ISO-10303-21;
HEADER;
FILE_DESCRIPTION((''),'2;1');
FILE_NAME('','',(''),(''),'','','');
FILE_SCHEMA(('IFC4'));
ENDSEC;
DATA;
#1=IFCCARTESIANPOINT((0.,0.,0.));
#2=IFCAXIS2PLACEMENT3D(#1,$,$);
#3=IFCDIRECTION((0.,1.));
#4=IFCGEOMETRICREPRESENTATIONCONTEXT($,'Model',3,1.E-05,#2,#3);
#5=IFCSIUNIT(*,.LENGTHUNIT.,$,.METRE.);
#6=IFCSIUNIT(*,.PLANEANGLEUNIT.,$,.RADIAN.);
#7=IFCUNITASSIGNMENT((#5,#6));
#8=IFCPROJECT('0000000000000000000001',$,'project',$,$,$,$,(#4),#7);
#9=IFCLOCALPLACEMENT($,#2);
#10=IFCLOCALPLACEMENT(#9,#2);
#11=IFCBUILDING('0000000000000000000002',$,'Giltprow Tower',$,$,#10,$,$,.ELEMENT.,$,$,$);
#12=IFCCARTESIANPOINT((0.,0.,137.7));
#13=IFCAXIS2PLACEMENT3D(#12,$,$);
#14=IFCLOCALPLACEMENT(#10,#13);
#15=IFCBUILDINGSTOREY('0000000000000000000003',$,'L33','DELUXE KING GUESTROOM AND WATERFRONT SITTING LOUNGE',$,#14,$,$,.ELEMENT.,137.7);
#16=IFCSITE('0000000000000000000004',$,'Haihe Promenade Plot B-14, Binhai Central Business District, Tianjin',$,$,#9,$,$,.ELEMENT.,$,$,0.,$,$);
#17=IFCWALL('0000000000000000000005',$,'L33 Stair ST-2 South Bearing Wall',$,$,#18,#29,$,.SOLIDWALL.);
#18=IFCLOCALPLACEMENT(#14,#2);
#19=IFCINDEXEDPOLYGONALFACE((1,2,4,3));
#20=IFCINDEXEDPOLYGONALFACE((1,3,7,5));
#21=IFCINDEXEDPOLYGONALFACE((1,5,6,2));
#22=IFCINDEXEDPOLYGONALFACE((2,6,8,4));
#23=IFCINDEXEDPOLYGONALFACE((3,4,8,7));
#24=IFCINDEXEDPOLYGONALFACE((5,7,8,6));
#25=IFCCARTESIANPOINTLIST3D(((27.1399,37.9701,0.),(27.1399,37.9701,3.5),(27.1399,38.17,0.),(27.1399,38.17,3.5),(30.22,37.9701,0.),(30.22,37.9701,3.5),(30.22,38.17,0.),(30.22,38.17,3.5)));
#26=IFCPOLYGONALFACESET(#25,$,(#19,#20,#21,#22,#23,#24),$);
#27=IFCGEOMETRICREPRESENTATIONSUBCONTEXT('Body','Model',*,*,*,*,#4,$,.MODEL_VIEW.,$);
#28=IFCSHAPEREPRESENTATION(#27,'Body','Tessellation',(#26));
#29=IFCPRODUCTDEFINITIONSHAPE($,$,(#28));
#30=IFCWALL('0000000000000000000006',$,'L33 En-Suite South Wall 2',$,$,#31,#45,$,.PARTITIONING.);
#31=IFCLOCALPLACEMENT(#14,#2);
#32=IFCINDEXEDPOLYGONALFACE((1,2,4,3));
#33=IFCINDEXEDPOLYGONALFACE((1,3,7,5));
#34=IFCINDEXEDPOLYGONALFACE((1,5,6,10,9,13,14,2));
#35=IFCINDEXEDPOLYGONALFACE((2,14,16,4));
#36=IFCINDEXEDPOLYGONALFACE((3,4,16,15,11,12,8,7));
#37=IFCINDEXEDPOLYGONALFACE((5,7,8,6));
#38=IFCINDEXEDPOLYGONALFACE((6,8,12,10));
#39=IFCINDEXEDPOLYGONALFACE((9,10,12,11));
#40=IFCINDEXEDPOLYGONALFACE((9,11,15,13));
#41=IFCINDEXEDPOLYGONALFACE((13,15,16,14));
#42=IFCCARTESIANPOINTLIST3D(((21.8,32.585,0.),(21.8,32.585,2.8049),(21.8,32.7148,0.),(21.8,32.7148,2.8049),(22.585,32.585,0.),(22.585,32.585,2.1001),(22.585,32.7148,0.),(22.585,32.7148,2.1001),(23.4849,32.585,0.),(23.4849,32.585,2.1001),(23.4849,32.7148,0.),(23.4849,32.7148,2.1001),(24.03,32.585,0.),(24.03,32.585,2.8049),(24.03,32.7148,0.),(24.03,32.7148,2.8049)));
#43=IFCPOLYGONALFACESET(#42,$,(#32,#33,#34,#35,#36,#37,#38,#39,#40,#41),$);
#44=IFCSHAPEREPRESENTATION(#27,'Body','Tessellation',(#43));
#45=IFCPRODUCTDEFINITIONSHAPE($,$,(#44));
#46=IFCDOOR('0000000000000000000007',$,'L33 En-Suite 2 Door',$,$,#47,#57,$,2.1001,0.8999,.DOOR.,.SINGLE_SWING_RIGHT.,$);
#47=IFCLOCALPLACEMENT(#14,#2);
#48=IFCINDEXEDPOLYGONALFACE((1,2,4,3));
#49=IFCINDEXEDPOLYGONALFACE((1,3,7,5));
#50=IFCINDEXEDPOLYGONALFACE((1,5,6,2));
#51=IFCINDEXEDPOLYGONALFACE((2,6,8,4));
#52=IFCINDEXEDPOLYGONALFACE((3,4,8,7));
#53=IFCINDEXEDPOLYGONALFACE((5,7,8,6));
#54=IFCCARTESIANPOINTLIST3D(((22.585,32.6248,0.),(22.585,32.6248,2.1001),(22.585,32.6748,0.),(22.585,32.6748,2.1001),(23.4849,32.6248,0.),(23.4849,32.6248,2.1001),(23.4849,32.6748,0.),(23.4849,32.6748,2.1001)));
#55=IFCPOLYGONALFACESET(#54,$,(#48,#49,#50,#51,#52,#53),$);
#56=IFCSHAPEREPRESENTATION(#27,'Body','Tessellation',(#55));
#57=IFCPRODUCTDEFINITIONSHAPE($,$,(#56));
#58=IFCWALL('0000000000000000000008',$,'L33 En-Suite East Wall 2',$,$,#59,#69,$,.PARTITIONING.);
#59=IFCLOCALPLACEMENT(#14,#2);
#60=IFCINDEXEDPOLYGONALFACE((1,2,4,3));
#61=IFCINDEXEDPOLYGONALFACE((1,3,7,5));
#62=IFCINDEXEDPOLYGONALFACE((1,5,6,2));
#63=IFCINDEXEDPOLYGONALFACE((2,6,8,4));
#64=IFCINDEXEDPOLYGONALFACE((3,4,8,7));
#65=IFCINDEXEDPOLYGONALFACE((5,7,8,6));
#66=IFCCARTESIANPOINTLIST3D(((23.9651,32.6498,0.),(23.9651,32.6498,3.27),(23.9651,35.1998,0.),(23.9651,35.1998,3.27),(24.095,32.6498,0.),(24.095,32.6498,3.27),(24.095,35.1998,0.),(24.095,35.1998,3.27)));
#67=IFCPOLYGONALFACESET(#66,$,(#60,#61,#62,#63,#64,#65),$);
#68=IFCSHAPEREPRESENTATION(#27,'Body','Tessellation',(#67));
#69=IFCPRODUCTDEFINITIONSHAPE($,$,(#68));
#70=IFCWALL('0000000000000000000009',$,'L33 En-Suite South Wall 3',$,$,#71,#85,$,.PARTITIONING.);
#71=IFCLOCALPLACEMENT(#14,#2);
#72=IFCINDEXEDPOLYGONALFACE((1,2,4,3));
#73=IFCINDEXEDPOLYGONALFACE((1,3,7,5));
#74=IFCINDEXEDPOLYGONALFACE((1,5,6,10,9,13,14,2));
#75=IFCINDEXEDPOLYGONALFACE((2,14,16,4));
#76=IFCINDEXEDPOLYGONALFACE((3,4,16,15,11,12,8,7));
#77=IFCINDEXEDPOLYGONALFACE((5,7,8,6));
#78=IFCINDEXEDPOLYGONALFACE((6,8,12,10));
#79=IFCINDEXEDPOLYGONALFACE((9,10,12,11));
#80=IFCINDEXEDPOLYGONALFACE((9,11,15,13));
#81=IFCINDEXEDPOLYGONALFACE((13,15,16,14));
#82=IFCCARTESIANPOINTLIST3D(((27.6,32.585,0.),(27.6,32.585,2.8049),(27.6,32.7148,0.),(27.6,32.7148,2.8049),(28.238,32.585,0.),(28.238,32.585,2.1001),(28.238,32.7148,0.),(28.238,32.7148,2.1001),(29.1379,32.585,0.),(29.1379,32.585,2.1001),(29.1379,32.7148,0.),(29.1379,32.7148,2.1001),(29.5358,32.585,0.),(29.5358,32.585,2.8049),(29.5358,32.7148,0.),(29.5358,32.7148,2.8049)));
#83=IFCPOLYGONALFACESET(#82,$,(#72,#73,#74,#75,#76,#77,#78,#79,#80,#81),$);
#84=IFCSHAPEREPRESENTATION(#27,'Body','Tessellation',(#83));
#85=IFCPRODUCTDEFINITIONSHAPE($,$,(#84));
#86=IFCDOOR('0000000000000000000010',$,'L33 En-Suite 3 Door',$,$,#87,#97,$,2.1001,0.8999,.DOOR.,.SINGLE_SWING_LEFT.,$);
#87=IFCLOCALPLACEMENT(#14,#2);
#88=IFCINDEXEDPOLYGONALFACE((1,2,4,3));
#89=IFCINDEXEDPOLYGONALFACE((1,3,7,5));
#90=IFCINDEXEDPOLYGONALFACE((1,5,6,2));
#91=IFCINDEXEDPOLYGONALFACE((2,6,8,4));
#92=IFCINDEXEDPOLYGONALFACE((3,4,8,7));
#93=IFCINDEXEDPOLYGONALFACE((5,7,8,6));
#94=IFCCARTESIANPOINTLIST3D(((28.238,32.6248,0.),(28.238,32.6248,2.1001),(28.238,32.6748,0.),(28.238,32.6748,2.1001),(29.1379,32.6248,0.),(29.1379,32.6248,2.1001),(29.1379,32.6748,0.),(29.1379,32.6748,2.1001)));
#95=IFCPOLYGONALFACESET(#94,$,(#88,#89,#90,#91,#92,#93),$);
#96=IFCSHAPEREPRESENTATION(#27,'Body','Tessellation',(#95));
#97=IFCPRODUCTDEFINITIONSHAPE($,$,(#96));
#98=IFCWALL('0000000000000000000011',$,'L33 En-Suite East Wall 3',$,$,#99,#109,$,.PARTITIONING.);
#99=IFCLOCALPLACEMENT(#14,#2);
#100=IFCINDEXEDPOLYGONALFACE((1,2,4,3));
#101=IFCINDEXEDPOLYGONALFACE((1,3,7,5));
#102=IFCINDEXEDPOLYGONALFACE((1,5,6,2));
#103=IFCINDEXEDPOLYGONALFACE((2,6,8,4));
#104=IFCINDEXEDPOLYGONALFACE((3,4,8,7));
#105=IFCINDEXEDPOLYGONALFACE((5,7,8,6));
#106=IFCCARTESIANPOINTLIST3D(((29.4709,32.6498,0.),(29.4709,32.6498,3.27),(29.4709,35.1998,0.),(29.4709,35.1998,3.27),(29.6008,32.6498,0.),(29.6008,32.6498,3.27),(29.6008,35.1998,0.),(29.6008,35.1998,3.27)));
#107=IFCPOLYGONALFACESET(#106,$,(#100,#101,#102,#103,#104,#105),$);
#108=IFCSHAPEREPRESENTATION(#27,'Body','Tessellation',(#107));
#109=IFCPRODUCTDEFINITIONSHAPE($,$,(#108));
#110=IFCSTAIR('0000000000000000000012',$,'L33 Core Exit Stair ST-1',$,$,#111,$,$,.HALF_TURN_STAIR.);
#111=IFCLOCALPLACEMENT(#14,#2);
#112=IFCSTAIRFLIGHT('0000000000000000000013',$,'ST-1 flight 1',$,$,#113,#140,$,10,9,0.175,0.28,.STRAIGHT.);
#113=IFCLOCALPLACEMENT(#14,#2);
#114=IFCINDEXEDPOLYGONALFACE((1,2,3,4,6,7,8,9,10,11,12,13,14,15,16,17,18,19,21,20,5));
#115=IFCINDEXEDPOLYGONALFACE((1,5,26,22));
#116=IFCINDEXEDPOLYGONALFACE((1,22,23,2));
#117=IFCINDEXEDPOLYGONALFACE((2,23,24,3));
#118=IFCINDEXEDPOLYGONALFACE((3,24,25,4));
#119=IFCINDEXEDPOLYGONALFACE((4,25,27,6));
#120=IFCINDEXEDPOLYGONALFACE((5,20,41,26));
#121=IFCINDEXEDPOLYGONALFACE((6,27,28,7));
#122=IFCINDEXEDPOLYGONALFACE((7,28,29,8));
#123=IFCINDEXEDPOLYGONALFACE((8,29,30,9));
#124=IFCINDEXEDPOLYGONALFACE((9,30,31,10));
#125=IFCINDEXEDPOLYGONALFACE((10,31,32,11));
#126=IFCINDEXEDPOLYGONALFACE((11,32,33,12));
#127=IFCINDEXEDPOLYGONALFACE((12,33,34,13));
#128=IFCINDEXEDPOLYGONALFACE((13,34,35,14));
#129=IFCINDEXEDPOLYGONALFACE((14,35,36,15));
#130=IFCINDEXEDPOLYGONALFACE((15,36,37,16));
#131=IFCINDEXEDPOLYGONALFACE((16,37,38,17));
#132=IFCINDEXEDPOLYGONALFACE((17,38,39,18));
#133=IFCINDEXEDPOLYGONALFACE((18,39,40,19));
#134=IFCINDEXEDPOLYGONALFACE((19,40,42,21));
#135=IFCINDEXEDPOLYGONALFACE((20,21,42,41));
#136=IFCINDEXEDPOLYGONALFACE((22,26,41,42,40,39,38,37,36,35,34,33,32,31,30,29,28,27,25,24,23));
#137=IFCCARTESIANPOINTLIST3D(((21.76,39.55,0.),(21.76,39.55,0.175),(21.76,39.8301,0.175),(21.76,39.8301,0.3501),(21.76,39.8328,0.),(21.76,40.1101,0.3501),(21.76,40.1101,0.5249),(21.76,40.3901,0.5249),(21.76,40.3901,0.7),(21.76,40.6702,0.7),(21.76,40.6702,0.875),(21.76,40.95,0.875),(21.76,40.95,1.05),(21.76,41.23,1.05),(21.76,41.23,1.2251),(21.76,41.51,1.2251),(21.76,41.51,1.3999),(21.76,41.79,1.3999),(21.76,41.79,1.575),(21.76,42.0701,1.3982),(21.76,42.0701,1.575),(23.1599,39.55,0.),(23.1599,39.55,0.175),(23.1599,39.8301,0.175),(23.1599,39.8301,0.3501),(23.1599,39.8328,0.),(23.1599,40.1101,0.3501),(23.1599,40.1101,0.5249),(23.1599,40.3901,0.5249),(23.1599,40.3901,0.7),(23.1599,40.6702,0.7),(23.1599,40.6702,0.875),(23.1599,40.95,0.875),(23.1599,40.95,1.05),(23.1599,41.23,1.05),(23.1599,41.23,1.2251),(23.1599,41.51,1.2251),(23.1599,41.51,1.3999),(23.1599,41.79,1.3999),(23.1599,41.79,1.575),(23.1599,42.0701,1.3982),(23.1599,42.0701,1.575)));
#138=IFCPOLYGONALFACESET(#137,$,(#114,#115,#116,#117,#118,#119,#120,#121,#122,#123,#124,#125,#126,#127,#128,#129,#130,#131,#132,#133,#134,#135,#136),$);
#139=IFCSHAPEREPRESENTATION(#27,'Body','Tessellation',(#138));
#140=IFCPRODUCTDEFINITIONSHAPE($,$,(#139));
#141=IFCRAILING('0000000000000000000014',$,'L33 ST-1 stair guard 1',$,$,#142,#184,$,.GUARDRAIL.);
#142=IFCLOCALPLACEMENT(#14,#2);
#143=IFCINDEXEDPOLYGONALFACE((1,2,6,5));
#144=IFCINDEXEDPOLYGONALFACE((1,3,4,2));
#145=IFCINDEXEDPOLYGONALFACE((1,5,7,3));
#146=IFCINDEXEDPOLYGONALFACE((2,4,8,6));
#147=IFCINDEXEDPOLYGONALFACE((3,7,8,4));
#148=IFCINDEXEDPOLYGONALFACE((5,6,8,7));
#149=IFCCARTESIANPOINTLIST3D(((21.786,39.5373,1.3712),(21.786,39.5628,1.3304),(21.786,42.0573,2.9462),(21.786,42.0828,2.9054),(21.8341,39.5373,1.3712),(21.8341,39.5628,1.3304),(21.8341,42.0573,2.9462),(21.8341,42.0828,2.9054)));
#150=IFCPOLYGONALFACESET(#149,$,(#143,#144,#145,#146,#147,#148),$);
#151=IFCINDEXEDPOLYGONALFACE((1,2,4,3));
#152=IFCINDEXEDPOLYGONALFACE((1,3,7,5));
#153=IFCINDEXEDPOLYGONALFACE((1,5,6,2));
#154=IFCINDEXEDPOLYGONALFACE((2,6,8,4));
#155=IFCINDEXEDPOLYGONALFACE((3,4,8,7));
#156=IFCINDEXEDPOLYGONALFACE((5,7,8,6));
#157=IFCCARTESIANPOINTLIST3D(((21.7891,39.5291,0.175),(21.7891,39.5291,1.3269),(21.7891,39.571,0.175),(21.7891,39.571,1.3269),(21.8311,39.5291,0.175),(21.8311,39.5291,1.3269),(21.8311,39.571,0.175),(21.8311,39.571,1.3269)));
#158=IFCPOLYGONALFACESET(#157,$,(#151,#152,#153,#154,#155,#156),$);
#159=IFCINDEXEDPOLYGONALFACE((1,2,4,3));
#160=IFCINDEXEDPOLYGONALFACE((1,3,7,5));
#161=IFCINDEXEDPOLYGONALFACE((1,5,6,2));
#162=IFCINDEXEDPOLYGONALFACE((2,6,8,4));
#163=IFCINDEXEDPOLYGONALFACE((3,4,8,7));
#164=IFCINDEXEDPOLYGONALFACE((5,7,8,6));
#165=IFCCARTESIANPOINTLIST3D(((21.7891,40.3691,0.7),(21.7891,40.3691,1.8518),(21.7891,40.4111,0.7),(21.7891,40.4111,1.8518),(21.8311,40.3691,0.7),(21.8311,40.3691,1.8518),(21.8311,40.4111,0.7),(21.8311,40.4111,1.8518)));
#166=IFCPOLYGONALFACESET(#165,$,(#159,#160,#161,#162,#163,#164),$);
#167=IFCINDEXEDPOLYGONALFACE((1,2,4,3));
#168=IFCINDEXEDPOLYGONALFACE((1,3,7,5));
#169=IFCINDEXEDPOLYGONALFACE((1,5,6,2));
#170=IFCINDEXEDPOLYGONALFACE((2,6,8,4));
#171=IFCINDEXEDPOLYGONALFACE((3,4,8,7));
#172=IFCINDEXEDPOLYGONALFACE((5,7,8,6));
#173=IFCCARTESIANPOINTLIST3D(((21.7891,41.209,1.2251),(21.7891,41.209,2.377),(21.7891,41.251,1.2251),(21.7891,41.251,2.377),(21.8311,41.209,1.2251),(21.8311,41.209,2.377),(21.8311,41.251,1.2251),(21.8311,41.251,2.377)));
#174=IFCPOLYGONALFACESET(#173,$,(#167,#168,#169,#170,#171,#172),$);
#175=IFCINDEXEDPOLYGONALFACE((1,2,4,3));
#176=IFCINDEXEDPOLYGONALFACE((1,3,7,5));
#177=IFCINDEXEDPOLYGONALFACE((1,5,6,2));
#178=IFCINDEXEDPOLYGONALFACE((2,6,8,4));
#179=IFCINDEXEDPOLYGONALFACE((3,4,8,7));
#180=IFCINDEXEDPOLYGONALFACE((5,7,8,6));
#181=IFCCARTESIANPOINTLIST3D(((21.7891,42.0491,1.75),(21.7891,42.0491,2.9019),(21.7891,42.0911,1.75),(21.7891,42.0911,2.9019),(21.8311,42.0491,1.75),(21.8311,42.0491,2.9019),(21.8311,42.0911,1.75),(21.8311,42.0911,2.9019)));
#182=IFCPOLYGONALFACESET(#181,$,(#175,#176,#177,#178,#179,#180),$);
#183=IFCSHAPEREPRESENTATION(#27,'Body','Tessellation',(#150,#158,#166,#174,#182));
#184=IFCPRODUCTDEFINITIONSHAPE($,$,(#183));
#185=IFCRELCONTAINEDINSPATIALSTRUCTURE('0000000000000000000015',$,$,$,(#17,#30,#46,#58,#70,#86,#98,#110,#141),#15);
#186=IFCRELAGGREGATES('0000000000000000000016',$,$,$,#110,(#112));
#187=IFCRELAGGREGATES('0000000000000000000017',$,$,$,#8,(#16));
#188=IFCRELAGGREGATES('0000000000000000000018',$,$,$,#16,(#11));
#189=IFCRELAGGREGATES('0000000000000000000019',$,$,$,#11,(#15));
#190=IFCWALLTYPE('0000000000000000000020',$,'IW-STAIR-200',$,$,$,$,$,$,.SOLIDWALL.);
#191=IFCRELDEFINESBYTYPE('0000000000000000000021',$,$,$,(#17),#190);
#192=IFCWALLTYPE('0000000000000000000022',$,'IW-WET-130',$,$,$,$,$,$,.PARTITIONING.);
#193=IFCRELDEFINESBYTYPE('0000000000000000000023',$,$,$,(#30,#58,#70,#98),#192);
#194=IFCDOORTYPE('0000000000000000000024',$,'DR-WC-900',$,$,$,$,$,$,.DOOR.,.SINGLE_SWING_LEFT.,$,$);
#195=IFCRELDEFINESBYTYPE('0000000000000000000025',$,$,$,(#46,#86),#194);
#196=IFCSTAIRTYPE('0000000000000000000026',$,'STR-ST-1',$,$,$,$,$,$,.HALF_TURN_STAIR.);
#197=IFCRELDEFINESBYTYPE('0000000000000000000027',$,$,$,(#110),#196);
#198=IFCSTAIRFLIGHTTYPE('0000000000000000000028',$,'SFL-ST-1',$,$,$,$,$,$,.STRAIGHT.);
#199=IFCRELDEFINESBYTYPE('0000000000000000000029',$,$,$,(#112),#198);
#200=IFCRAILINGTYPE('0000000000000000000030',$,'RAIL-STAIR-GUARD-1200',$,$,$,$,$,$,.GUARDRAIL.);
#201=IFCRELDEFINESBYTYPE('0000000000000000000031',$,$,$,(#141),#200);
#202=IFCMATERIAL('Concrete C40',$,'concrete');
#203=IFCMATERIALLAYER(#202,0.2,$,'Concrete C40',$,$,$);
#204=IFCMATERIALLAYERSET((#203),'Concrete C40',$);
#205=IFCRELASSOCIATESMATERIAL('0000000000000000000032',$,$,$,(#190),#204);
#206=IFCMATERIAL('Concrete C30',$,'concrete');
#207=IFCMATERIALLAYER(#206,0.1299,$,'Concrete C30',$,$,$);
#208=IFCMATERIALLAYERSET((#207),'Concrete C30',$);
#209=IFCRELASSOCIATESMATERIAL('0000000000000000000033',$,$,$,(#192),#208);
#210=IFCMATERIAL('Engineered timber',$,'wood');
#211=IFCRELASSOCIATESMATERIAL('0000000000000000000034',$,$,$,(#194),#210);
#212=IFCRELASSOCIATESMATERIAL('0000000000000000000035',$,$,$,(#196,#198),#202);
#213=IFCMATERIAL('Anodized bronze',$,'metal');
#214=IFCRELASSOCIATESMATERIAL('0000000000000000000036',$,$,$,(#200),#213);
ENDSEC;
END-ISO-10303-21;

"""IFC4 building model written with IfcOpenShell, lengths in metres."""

from ifc_helpers import new_model, si_unit, direction, frame, frame_2d, origin, origin_2d, place, context, subcontext, project, spatial, polyline, rectangle, outline, extrude, source, transform, mapped, material, layer, layer_set, type_object, element, fill, aggregate, save


model = new_model("IFC4")

# Units and contexts
model_context = context("Model", 3, precision=1e-05, world=origin(), true_north=direction((0.0, 1.0)))
body_context = subcontext(model_context, "Body", "Model", "MODEL_VIEW")
ifc_project = project(units=[si_unit("LENGTHUNIT", "METRE"), si_unit("PLANEANGLEUNIT", "RADIAN")], contexts=[model_context])

# Site, building, storey
site_placement = place(None, origin())
site = spatial("IfcSite", under=ifc_project, at=site_placement, Name="Haihe Promenade Plot B-14, Binhai Central Business District, Tianjin", CompositionType="ELEMENT", RefElevation=0.0)
building_placement = place(site_placement, origin())
building = spatial("IfcBuilding", under=site, at=building_placement, Name="Giltprow Tower", CompositionType="ELEMENT")
storey_placement = place(building_placement, frame((0.0, 0.0, 137.7)))
storey = spatial("IfcBuildingStorey", under=building, at=storey_placement, Name="L33", Description="DELUXE KING GUESTROOM AND WATERFRONT SITTING LOUNGE", CompositionType="ELEMENT", Elevation=137.7)

# Shared definitions
ifc_material_1 = material(Name="Concrete C40", Category="concrete")
ifc_layer_1 = layer(ifc_material_1, 0.2, Name="Concrete C40")
ifc_layer_set_1 = layer_set([ifc_layer_1], Name="Concrete C40")
wall_type_1 = type_object("IfcWallType", Name="IW-STAIR-200", PredefinedType="SOLIDWALL", material=ifc_layer_set_1)

# Wall
wall_1_placement = place(storey_placement, frame((27.1399, 38.0701, 0.0), z_axis=(0.0, 0.0, 1.0), x_axis=(1.0, 0.0, 0.0)))
element("IfcWall", 1, at=wall_1_placement, inside=storey, type_object=wall_type_1, Name="L33 Stair ST-2 South Bearing Wall", PredefinedType="SOLIDWALL", context=body_context, shape_type="SweptSolid", body=[
    extrude(rectangle(XDim=3.0801, YDim=0.2, at=frame_2d((1.54, 0.0))), origin(), (0.0, 0.0, 1.0), 3.5),
])

# Wall, opening, door
ifc_material_2 = material(Name="Concrete C30", Category="concrete")
ifc_layer_2 = layer(ifc_material_2, 0.1299, Name="Concrete C30")
ifc_layer_set_2 = layer_set([ifc_layer_2], Name="Concrete C30")
wall_type_2 = type_object("IfcWallType", Name="IW-WET-130", PredefinedType="PARTITIONING", material=ifc_layer_set_2)
wall_2_placement = place(storey_placement, frame((21.8, 32.6499, 0.0), z_axis=(0.0, 0.0, 1.0), x_axis=(1.0, 0.0, 0.0)))
wall_2 = element("IfcWall", 2, at=wall_2_placement, inside=storey, type_object=wall_type_2, Name="L33 En-Suite South Wall 2", PredefinedType="PARTITIONING", context=body_context, shape_type="SweptSolid", body=[
    extrude(rectangle(XDim=2.23, YDim=0.1299, at=frame_2d((1.115, 0.0))), origin(), (0.0, 0.0, 1.0), 2.8049),
])
opening_1_placement = place(wall_2_placement, frame((0.7849, 0.0, 0.0)))
opening_1 = element("IfcOpeningElement", 3, at=opening_1_placement, cuts=wall_2, PredefinedType="OPENING", context=body_context, shape_type="SweptSolid", body=[
    extrude(rectangle(XDim=0.8999, YDim=2.1001, at=frame_2d((0.45, 1.05))), frame((0.0, 0.075, 0.0), z_axis=(0.0, -1.0, 0.0), x_axis=(1.0, 0.0, 0.0)), (0.0, 0.0, 1.0), 0.1499),
])
ifc_material_3 = material(Name="Engineered timber", Category="wood")
door_type_1 = type_object("IfcDoorType", Name="DR-WC-900", OperationType="SINGLE_SWING_LEFT", PredefinedType="DOOR", material=ifc_material_3)
shared_shape_1 = source(origin(), body_context, "Body", "SweptSolid", [
    extrude(rectangle(XDim=0.8999, YDim=2.1001, at=frame_2d((0.45, 1.05))), frame((0.0, 0.0249, 0.0), z_axis=(0.0, -1.0, 0.0), x_axis=(1.0, 0.0, 0.0)), (0.0, 0.0, 1.0), 0.05),
])
door_1_placement = place(opening_1_placement, origin())
door_1 = element("IfcDoor", 4, at=door_1_placement, inside=storey, type_object=door_type_1, Name="L33 En-Suite 2 Door", OperationType="SINGLE_SWING_RIGHT", OverallHeight=2.1001, OverallWidth=0.8999, PredefinedType="DOOR", context=body_context, shape_type="MappedRepresentation", body=[
    mapped(shared_shape_1, transform((0.0, 0.0, 0.0), x_axis=(1.0, 0.0, 0.0), y_axis=(0.0, 1.0, 0.0), z_axis=(0.0, 0.0, 1.0), scale=1.0)),
])
fill(opening_1, door_1)

# Wall
wall_3_placement = place(storey_placement, frame((24.03, 32.6499, 0.0), z_axis=(0.0, 0.0, 1.0), x_axis=(0.0, 1.0, 0.0)))
element("IfcWall", 5, at=wall_3_placement, inside=storey, type_object=wall_type_2, Name="L33 En-Suite East Wall 2", PredefinedType="PARTITIONING", context=body_context, shape_type="SweptSolid", body=[
    extrude(rectangle(XDim=2.55, YDim=0.1299, at=frame_2d((1.2749, 0.0))), origin(), (0.0, 0.0, 1.0), 3.27),
])

# Wall, opening, door
wall_4_placement = place(storey_placement, frame((27.6001, 32.6499, 0.0), z_axis=(0.0, 0.0, 1.0), x_axis=(1.0, 0.0, 0.0)))
wall_4 = element("IfcWall", 6, at=wall_4_placement, inside=storey, type_object=wall_type_2, Name="L33 En-Suite South Wall 3", PredefinedType="PARTITIONING", context=body_context, shape_type="SweptSolid", body=[
    extrude(rectangle(XDim=1.9358, YDim=0.1299, at=frame_2d((0.9678, 0.0))), origin(), (0.0, 0.0, 1.0), 2.8049),
])
opening_2_placement = place(wall_4_placement, frame((0.6379, 0.0, 0.0)))
opening_2 = element("IfcOpeningElement", 7, at=opening_2_placement, cuts=wall_4, PredefinedType="OPENING", context=body_context, shape_type="SweptSolid", body=[
    extrude(rectangle(XDim=0.8999, YDim=2.1001, at=frame_2d((0.45, 1.05))), frame((0.0, 0.075, 0.0), z_axis=(0.0, -1.0, 0.0), x_axis=(1.0, 0.0, 0.0)), (0.0, 0.0, 1.0), 0.1499),
])
door_2_placement = place(opening_2_placement, origin())
door_2 = element("IfcDoor", 8, at=door_2_placement, inside=storey, type_object=door_type_1, Name="L33 En-Suite 3 Door", OperationType="SINGLE_SWING_LEFT", OverallHeight=2.1001, OverallWidth=0.8999, PredefinedType="DOOR", context=body_context, shape_type="MappedRepresentation", body=[
    mapped(shared_shape_1, transform((0.0, 0.0, 0.0), x_axis=(1.0, 0.0, 0.0), y_axis=(0.0, 1.0, 0.0), z_axis=(0.0, 0.0, 1.0), scale=1.0)),
])
fill(opening_2, door_2)

# Wall
wall_5_placement = place(storey_placement, frame((29.5359, 32.6499, 0.0), z_axis=(0.0, 0.0, 1.0), x_axis=(0.0, 1.0, 0.0)))
element("IfcWall", 9, at=wall_5_placement, inside=storey, type_object=wall_type_2, Name="L33 En-Suite East Wall 3", PredefinedType="PARTITIONING", context=body_context, shape_type="SweptSolid", body=[
    extrude(rectangle(XDim=2.55, YDim=0.1299, at=frame_2d((1.2749, 0.0))), origin(), (0.0, 0.0, 1.0), 3.27),
])

# Stair, stair flight
stair_type = type_object("IfcStairType", Name="STR-ST-1", PredefinedType="HALF_TURN_STAIR", material=ifc_material_1)
stair_placement = place(storey_placement, origin())
stair = element("IfcStair", 10, at=stair_placement, inside=storey, type_object=stair_type, Name="L33 Core Exit Stair ST-1", PredefinedType="HALF_TURN_STAIR")
stair_flight_type = type_object("IfcStairFlightType", Name="SFL-ST-1", PredefinedType="STRAIGHT", material=ifc_material_1)
stair_flight_placement = place(storey_placement, frame((22.46, 39.55, 0.0), z_axis=(0.0, 0.0, 1.0), x_axis=(0.0, 1.0, 0.0)))
stair_flight = element("IfcStairFlight", 11, at=stair_flight_placement, type_object=stair_flight_type, Name="ST-1 flight 1", NumberOfRisers=10, NumberOfTreads=9, PredefinedType="STRAIGHT", RiserHeight=0.175, TreadLength=0.28, context=body_context, shape_type="SweptSolid", body=[
    extrude(outline(polyline([(0.0, 0.0), (0.0, 0.175), (0.28, 0.175), (0.28, 0.3501), (0.5601, 0.3501), (0.5601, 0.5249), (0.8401, 0.5249), (0.8401, 0.7), (1.1201, 0.7), (1.1201, 0.875), (1.3999, 0.875), (1.3999, 1.05), (1.6799, 1.05), (1.6799, 1.2251), (1.96, 1.2251), (1.96, 1.3999), (2.24, 1.3999), (2.24, 1.575), (2.52, 1.575), (2.52, 1.75), (2.52, 1.3982), (0.2827, 0.0), (0.0, 0.0)])), frame((0.0, 0.7, 0.0), z_axis=(0.0, -1.0, 0.0), x_axis=(1.0, 0.0, 0.0)), (0.0, 0.0, 1.0), 1.3999),
])
aggregate(stair, [stair_flight])

# Railing
ifc_material_4 = material(Name="Anodized bronze", Category="metal")
railing_type_1 = type_object("IfcRailingType", Name="RAIL-STAIR-GUARD-1200", PredefinedType="GUARDRAIL", material=ifc_material_4)
railing_1_placement = place(storey_placement, frame((21.8101, 39.55, 0.175)))
element("IfcRailing", 12, at=railing_1_placement, inside=storey, type_object=railing_type_1, Name="L33 ST-1 stair guard 1", PredefinedType="GUARDRAIL", context=body_context, shape_type="SweptSolid", body=[
    extrude(rectangle(XDim=0.0481, YDim=0.0481, at=origin_2d()), frame((0.0, 0.0, 1.1758), z_axis=(0.0, 0.848008, 0.529984), x_axis=(-1.0, 0.0, 0.0)), (0.0, 0.0, 1.0), 2.9717),
    extrude(rectangle(XDim=0.042, YDim=0.042, at=origin_2d()), origin(), (0.0, 0.0, 1.0), 1.1519),
    extrude(rectangle(XDim=0.042, YDim=0.042, at=origin_2d()), frame((0.0, 0.8401, 0.5249)), (0.0, 0.0, 1.0), 1.1519),
    extrude(rectangle(XDim=0.042, YDim=0.042, at=origin_2d()), frame((0.0, 1.6799, 1.05)), (0.0, 0.0, 1.0), 1.1519),
    extrude(rectangle(XDim=0.042, YDim=0.042, at=origin_2d()), frame((0.0, 2.52, 1.575)), (0.0, 0.0, 1.0), 1.1519),
])

save(model, "model.ifc")
